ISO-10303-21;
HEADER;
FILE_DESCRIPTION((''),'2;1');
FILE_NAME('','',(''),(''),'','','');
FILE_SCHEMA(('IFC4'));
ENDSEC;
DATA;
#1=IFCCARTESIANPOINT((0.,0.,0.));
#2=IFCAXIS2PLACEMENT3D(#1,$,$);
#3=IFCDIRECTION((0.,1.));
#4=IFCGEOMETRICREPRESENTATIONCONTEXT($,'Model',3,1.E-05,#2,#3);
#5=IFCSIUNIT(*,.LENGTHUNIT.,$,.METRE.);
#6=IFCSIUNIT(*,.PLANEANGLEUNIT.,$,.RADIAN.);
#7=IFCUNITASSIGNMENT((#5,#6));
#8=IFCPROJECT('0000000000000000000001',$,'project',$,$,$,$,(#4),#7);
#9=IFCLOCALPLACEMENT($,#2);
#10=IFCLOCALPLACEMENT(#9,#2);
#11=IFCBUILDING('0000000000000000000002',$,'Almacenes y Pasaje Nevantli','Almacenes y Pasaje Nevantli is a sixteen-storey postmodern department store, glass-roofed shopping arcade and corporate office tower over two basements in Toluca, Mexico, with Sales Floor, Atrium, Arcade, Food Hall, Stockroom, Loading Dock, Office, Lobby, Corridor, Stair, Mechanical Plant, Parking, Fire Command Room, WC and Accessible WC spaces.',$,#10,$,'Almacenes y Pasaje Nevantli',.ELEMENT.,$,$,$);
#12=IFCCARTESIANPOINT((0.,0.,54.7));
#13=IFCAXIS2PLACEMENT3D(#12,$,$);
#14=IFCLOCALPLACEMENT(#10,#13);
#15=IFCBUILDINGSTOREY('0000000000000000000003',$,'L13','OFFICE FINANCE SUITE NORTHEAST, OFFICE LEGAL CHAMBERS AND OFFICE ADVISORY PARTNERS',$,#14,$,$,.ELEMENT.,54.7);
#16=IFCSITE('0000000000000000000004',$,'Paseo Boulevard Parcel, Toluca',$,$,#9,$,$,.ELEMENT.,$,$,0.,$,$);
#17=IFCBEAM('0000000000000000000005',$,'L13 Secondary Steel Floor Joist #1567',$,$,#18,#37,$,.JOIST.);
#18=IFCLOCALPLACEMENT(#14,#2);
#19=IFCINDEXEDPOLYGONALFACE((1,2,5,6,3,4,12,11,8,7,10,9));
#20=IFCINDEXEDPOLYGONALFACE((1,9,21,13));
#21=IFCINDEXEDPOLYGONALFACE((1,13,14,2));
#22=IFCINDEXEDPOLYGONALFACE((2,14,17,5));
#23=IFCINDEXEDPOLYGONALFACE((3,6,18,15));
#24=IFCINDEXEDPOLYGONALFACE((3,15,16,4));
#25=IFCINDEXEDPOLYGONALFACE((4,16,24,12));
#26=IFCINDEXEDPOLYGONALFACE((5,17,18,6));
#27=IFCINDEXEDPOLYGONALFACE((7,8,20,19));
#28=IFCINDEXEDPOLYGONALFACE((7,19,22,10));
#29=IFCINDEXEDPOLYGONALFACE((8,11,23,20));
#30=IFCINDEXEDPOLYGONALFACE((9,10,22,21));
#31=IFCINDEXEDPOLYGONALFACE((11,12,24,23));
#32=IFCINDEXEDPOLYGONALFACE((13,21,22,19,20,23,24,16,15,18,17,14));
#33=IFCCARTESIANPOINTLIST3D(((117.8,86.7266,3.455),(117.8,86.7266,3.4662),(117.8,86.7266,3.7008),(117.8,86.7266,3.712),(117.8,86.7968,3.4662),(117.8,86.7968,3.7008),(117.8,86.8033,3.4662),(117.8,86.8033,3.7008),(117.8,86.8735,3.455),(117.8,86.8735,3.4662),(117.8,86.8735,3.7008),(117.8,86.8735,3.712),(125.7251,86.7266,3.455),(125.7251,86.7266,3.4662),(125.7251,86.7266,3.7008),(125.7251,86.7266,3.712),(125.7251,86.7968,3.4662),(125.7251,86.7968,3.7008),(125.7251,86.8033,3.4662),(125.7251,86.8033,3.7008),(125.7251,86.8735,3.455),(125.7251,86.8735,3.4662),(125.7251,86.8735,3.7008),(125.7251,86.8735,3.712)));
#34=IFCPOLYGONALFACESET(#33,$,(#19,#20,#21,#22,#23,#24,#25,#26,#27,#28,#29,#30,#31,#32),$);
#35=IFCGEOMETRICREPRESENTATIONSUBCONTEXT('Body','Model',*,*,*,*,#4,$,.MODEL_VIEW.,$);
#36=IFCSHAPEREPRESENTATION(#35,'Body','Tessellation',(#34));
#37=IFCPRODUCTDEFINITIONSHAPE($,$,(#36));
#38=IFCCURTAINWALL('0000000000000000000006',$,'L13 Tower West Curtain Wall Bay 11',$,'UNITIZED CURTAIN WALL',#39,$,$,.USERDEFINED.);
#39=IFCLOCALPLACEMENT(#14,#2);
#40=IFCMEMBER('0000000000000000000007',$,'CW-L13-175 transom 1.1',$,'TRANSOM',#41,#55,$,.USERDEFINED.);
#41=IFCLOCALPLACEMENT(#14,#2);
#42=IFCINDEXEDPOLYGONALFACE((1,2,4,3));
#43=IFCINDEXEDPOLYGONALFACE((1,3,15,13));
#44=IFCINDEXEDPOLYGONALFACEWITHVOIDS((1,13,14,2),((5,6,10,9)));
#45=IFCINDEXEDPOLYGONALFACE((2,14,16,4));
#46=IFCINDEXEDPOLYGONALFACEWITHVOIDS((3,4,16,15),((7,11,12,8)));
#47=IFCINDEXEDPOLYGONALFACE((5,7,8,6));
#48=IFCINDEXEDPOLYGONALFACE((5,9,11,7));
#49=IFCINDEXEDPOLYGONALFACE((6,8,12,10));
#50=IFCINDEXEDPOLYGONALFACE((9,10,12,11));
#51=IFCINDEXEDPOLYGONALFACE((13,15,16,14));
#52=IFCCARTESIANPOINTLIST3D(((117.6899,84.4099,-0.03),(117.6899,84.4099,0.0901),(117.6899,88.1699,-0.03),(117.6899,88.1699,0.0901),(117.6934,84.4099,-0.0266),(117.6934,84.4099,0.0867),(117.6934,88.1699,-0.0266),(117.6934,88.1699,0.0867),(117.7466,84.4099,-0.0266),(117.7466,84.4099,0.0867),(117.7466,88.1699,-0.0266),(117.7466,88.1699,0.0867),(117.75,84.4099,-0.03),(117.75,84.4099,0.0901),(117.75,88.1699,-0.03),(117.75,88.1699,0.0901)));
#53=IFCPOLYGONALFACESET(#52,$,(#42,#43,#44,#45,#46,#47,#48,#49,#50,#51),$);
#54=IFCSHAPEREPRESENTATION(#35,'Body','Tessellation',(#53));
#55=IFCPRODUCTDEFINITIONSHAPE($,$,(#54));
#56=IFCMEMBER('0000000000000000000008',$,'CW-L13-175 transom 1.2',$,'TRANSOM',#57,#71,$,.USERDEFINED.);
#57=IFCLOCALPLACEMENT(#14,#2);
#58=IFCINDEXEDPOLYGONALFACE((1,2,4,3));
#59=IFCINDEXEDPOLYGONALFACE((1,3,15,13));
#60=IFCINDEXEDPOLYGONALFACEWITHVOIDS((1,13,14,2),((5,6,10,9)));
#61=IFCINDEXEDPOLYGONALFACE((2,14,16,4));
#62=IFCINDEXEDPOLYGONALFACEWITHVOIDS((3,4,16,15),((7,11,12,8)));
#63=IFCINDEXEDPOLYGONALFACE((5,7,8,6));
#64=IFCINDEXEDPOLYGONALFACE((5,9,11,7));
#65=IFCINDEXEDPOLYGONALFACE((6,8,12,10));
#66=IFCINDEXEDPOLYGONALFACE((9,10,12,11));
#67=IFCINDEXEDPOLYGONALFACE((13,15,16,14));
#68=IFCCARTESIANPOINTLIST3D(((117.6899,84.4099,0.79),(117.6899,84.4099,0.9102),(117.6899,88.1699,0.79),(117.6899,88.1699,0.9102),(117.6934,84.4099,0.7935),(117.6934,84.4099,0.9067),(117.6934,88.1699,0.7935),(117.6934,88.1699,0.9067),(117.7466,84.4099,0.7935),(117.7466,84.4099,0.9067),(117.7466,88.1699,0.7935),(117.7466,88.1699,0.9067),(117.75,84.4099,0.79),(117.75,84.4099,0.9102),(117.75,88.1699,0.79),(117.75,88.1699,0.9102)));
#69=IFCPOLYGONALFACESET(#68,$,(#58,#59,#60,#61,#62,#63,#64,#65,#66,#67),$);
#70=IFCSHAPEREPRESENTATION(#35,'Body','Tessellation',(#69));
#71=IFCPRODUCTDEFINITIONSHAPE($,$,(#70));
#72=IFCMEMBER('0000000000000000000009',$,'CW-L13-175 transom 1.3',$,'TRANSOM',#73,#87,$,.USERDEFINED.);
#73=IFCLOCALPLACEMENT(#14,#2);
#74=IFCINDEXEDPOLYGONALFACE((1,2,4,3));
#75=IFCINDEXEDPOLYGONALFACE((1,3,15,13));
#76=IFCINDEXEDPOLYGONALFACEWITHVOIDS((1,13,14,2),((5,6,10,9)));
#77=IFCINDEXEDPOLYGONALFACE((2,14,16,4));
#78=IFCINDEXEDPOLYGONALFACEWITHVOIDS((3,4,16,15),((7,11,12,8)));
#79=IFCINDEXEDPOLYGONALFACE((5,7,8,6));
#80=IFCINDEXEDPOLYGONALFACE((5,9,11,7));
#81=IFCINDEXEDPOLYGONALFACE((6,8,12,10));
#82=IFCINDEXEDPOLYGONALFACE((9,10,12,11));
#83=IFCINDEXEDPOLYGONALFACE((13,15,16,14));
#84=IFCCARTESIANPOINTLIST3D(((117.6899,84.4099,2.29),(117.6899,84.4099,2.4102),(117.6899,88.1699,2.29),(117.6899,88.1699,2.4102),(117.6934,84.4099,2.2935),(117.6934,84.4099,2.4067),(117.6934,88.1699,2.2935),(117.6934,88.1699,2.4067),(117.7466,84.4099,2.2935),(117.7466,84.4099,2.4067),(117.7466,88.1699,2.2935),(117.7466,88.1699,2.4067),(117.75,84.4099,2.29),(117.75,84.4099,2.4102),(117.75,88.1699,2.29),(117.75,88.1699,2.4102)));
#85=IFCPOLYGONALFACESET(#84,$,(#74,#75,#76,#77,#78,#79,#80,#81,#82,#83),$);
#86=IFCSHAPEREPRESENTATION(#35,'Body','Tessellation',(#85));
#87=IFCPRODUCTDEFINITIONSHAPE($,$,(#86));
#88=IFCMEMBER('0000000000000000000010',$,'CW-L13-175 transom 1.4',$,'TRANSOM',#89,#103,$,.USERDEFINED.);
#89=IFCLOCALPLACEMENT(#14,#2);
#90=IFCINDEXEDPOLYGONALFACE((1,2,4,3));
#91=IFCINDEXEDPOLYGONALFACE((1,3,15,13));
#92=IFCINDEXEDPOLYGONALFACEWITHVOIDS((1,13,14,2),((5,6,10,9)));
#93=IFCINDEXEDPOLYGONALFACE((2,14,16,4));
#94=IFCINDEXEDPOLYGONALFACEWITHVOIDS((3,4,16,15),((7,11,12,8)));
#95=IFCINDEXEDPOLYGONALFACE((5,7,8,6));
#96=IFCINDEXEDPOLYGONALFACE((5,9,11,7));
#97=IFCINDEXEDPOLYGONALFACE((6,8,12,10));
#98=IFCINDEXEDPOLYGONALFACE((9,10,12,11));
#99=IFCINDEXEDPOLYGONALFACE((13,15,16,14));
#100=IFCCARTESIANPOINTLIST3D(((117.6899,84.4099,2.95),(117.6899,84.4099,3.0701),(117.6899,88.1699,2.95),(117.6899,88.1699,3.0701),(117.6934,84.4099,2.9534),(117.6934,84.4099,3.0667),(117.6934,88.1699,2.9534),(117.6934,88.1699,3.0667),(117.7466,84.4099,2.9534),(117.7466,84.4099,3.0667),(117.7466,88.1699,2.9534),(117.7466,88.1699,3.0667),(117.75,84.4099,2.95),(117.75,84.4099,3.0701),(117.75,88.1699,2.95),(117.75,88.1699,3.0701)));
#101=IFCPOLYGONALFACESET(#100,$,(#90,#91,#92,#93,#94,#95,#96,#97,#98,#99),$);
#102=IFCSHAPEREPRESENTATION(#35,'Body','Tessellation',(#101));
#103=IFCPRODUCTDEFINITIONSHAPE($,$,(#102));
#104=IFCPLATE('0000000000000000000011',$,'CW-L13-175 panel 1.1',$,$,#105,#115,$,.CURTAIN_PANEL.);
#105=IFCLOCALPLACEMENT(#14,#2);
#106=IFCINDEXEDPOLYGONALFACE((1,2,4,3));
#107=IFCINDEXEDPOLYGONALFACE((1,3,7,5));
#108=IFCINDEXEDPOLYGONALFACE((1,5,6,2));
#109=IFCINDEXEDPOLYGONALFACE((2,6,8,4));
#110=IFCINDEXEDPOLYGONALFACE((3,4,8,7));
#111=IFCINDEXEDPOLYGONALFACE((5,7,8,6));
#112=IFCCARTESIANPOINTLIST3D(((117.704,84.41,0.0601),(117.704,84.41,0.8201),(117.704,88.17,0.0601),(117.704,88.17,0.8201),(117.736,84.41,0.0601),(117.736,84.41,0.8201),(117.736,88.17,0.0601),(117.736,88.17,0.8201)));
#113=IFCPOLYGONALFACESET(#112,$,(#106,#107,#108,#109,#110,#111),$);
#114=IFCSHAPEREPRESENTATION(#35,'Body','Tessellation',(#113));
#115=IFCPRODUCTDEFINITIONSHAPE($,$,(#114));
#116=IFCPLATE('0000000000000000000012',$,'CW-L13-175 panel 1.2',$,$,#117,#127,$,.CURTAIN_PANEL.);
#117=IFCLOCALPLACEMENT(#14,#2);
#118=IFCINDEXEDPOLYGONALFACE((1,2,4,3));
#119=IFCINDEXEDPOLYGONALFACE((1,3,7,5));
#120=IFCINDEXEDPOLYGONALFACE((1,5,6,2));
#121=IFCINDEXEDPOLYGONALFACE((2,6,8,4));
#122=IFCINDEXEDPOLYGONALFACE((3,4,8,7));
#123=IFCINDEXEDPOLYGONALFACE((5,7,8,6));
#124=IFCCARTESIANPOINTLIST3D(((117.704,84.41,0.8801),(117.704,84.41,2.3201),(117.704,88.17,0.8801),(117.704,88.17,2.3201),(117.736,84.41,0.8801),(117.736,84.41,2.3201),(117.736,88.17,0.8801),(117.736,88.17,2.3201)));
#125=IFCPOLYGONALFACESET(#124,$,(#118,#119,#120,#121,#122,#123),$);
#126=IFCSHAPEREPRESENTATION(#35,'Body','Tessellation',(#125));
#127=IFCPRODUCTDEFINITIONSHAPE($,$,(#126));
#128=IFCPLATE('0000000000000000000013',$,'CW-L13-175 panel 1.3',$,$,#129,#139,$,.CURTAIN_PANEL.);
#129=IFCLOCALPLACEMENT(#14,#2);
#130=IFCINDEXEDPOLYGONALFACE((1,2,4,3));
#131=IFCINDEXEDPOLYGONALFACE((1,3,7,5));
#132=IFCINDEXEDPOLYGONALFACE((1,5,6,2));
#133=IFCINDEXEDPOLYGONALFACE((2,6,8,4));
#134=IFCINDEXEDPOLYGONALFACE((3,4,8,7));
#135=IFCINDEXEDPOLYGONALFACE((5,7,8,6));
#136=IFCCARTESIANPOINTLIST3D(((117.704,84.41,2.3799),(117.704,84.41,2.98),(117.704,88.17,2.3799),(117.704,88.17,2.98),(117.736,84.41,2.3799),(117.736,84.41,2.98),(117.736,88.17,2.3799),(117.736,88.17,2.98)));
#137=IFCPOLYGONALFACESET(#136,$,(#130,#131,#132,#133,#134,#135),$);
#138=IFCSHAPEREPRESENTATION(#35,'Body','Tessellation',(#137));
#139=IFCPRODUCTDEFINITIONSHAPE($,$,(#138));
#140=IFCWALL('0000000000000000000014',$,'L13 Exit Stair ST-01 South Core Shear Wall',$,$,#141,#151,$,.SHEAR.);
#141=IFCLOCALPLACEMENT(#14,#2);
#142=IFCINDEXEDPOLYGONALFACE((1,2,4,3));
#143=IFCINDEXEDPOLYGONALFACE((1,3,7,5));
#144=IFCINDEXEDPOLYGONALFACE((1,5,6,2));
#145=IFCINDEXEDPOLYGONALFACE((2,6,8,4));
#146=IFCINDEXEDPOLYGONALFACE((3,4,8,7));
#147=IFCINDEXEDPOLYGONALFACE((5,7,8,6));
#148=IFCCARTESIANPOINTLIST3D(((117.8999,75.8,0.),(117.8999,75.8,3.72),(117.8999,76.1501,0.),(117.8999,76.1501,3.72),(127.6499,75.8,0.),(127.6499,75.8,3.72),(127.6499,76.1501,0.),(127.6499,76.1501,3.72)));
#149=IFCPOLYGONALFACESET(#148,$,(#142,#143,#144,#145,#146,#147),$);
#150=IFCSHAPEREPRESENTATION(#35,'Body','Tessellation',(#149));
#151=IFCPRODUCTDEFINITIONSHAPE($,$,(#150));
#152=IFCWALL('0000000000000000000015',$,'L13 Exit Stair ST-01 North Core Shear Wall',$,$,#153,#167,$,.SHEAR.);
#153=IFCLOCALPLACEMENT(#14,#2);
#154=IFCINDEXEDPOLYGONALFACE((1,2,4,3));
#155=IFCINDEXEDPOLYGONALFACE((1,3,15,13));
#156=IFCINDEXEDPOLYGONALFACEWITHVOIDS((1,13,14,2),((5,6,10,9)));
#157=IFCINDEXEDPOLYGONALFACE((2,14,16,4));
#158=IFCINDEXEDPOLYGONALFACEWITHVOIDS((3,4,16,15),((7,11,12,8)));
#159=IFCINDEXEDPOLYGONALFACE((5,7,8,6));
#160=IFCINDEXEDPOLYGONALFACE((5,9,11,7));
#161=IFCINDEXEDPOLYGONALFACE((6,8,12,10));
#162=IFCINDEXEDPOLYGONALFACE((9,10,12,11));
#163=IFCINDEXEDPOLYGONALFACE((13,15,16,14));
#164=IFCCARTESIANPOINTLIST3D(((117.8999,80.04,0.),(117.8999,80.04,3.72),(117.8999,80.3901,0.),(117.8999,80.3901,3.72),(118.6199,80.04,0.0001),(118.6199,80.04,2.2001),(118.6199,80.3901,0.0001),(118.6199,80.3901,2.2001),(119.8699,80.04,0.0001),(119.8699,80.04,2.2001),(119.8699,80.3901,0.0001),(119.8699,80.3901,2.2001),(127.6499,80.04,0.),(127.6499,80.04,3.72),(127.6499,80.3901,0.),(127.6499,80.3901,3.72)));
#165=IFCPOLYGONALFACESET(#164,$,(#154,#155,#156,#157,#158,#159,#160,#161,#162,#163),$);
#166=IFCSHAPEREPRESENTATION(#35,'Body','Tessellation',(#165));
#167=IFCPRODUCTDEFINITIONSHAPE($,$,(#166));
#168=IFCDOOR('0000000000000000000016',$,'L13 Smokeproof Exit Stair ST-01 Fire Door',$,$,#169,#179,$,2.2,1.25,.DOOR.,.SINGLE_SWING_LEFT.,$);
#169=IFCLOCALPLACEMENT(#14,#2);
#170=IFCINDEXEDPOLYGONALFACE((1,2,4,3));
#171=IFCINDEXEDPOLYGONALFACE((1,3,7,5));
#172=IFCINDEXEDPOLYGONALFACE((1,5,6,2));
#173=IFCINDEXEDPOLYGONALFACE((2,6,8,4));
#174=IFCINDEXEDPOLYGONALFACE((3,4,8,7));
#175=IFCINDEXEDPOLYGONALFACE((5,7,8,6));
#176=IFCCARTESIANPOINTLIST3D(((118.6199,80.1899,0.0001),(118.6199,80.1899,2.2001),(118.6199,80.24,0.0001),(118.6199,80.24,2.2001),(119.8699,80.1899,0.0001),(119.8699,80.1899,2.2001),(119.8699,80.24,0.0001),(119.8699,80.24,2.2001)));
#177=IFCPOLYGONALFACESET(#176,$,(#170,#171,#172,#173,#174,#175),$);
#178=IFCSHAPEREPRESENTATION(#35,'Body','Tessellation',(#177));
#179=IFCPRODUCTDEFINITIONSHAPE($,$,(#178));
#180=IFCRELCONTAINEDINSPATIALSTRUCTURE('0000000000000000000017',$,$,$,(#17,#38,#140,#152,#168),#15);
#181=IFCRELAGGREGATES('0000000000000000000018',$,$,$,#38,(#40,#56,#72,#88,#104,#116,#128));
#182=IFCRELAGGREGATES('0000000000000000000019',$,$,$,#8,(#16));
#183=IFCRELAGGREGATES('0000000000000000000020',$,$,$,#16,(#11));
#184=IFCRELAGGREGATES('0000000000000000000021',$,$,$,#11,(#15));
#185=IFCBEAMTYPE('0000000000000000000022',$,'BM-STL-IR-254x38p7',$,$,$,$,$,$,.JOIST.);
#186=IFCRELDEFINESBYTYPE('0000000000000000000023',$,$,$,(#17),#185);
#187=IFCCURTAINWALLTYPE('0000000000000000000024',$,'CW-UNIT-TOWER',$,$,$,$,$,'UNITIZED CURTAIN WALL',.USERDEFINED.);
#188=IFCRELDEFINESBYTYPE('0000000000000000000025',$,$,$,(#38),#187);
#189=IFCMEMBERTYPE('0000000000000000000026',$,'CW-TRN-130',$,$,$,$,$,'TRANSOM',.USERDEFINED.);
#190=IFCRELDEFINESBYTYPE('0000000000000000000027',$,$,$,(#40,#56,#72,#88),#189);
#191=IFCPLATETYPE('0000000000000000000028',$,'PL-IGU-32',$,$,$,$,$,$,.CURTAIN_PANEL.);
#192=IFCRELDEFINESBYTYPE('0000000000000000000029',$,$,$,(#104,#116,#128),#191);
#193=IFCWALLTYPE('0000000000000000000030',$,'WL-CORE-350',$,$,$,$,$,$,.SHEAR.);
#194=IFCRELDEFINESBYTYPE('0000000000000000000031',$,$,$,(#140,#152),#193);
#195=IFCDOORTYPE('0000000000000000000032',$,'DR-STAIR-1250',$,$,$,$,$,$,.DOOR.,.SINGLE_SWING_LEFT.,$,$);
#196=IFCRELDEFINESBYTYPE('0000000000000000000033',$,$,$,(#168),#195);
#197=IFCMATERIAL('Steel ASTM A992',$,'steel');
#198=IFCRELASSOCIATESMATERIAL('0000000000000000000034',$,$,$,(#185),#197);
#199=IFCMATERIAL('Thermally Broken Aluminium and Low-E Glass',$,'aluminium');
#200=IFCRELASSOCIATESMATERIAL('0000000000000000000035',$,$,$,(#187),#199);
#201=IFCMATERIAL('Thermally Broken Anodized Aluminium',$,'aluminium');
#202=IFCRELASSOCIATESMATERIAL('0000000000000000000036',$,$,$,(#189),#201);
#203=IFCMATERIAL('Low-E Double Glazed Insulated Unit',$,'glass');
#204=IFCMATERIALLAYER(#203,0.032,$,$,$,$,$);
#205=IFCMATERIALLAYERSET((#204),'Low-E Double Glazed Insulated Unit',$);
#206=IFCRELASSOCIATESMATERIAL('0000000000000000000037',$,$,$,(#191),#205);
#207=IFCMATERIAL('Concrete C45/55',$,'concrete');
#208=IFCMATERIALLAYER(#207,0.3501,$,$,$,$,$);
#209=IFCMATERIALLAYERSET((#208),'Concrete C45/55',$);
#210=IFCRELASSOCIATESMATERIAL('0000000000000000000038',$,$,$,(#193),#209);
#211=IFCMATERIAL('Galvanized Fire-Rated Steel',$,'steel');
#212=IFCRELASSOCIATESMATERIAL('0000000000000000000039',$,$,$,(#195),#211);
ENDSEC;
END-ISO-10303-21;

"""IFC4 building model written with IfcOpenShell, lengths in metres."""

from ifc_helpers import new_model, si_unit, direction, frame, frame_2d, origin, origin_2d, place, context, subcontext, project, spatial, rectangle, hollow_rectangle, i_section, extrude, material, layer, layer_set, material_profile, profile_set, type_object, element, fill, aggregate, save


model = new_model("IFC4")

# Units and contexts
model_context = context("Model", 3, precision=1e-05, world=origin(), true_north=direction((0.0, 1.0)))
body_context = subcontext(model_context, "Body", "Model", "MODEL_VIEW")
ifc_project = project(units=[si_unit("LENGTHUNIT", "METRE"), si_unit("PLANEANGLEUNIT", "RADIAN")], contexts=[model_context])

# Site, building, storey
site_placement = place(None, origin())
site = spatial("IfcSite", under=ifc_project, at=site_placement, Name="Paseo Boulevard Parcel, Toluca", CompositionType="ELEMENT", RefElevation=0.0)
building_placement = place(site_placement, origin())
building = spatial("IfcBuilding", under=site, at=building_placement, Name="Almacenes y Pasaje Nevantli", Description="Almacenes y Pasaje Nevantli is a sixteen-storey postmodern department store, glass-roofed shopping arcade and corporate office tower over two basements in Toluca, Mexico, with Sales Floor, Atrium, Arcade, Food Hall, Stockroom, Loading Dock, Office, Lobby, Corridor, Stair, Mechanical Plant, Parking, Fire Command Room, WC and Accessible WC spaces.", LongName="Almacenes y Pasaje Nevantli", CompositionType="ELEMENT")
storey_placement = place(building_placement, frame((0.0, 0.0, 54.7)))
storey = spatial("IfcBuildingStorey", under=building, at=storey_placement, Name="L13", Description="OFFICE FINANCE SUITE NORTHEAST, OFFICE LEGAL CHAMBERS AND OFFICE ADVISORY PARTNERS", CompositionType="ELEMENT", Elevation=54.7)

# Beam
ifc_material_1 = material(Name="Steel ASTM A992", Category="steel")
ifc_material_profile_1 = material_profile(ifc_material_1, i_section(OverallWidth=0.147, OverallDepth=0.2571, WebThickness=0.0066, FlangeThickness=0.0112, at=origin_2d()), Name="IR 254x38.7")
ifc_profile_set_1 = profile_set([ifc_material_profile_1], Name="Steel ASTM A992")
beam_type = type_object("IfcBeamType", Name="BM-STL-IR-254x38p7", PredefinedType="JOIST", material=ifc_profile_set_1)
beam_placement = place(storey_placement, frame((117.8, 86.8, 3.5835), z_axis=(1.0, 0.0, 0.0), x_axis=(0.0, 1.0, 0.0)))
element("IfcBeam", 1, at=beam_placement, inside=storey, type_object=beam_type, Name="L13 Secondary Steel Floor Joist #1567", PredefinedType="JOIST", context=body_context, shape_type="SweptSolid", body=[
    extrude(i_section(OverallWidth=0.147, OverallDepth=0.2571, WebThickness=0.0066, FlangeThickness=0.0112, at=origin_2d()), origin(), (0.0, 0.0, 1.0), 7.925),
])

# Curtain wall, members, plates
ifc_material_2 = material(Name="Thermally Broken Aluminium and Low-E Glass", Category="aluminium")
curtain_wall_type = type_object("IfcCurtainWallType", Name="CW-UNIT-TOWER", ElementType="UNITIZED CURTAIN WALL", PredefinedType="USERDEFINED", material=ifc_material_2)
curtain_wall_placement = place(storey_placement, origin())
curtain_wall = element("IfcCurtainWall", 2, at=curtain_wall_placement, inside=storey, type_object=curtain_wall_type, Name="L13 Tower West Curtain Wall Bay 11", ObjectType="UNITIZED CURTAIN WALL", PredefinedType="USERDEFINED")
ifc_material_3 = material(Name="Thermally Broken Anodized Aluminium", Category="aluminium")
ifc_material_profile_2 = material_profile(ifc_material_3, hollow_rectangle(XDim=0.0601, YDim=0.1201, WallThickness=0.0034, at=origin_2d()), Name="ALU-TRN-60x120")
ifc_profile_set_2 = profile_set([ifc_material_profile_2], Name="Thermally Broken Anodized Aluminium")
member_type = type_object("IfcMemberType", Name="CW-TRN-130", ElementType="TRANSOM", PredefinedType="USERDEFINED", material=ifc_profile_set_2)
member_1_placement = place(storey_placement, frame((117.72, 84.4099, 0.03), z_axis=(0.0, 1.0, 0.0), x_axis=(-1.0, 0.0, 0.0)))
member_1 = element("IfcMember", 3, at=member_1_placement, type_object=member_type, Name="CW-L13-175 transom 1.1", ObjectType="TRANSOM", PredefinedType="USERDEFINED", context=body_context, shape_type="SweptSolid", body=[
    extrude(hollow_rectangle(XDim=0.0601, YDim=0.1201, WallThickness=0.0034, at=origin_2d()), origin(), (0.0, 0.0, 1.0), 3.76),
])
member_2_placement = place(storey_placement, frame((117.72, 84.4099, 0.8501), z_axis=(0.0, 1.0, 0.0), x_axis=(-1.0, 0.0, 0.0)))
member_2 = element("IfcMember", 4, at=member_2_placement, type_object=member_type, Name="CW-L13-175 transom 1.2", ObjectType="TRANSOM", PredefinedType="USERDEFINED", context=body_context, shape_type="SweptSolid", body=[
    extrude(hollow_rectangle(XDim=0.0601, YDim=0.1201, WallThickness=0.0034, at=origin_2d()), origin(), (0.0, 0.0, 1.0), 3.76),
])
member_3_placement = place(storey_placement, frame((117.72, 84.4099, 2.3501), z_axis=(0.0, 1.0, 0.0), x_axis=(-1.0, 0.0, 0.0)))
member_3 = element("IfcMember", 5, at=member_3_placement, type_object=member_type, Name="CW-L13-175 transom 1.3", ObjectType="TRANSOM", PredefinedType="USERDEFINED", context=body_context, shape_type="SweptSolid", body=[
    extrude(hollow_rectangle(XDim=0.0601, YDim=0.1201, WallThickness=0.0034, at=origin_2d()), origin(), (0.0, 0.0, 1.0), 3.76),
])
member_4_placement = place(storey_placement, frame((117.72, 84.4099, 3.01), z_axis=(0.0, 1.0, 0.0), x_axis=(-1.0, 0.0, 0.0)))
member_4 = element("IfcMember", 6, at=member_4_placement, type_object=member_type, Name="CW-L13-175 transom 1.4", ObjectType="TRANSOM", PredefinedType="USERDEFINED", context=body_context, shape_type="SweptSolid", body=[
    extrude(hollow_rectangle(XDim=0.0601, YDim=0.1201, WallThickness=0.0034, at=origin_2d()), origin(), (0.0, 0.0, 1.0), 3.76),
])
ifc_material_4 = material(Name="Low-E Double Glazed Insulated Unit", Category="glass")
ifc_layer_1 = layer(ifc_material_4, 0.032)
ifc_layer_set_1 = layer_set([ifc_layer_1], Name="Low-E Double Glazed Insulated Unit")
plate_type = type_object("IfcPlateType", Name="PL-IGU-32", PredefinedType="CURTAIN_PANEL", material=ifc_layer_set_1)
plate_1_placement = place(storey_placement, frame((117.72, 86.29, 0.0601), z_axis=(0.0, 0.0, 1.0), x_axis=(0.0, 1.0, 0.0)))
plate_1 = element("IfcPlate", 7, at=plate_1_placement, type_object=plate_type, Name="CW-L13-175 panel 1.1", PredefinedType="CURTAIN_PANEL", context=body_context, shape_type="SweptSolid", body=[
    extrude(rectangle(XDim=3.76, YDim=0.032, at=origin_2d()), origin(), (0.0, 0.0, 1.0), 0.76),
])
plate_2_placement = place(storey_placement, frame((117.72, 86.29, 0.8801), z_axis=(0.0, 0.0, 1.0), x_axis=(0.0, 1.0, 0.0)))
plate_2 = element("IfcPlate", 8, at=plate_2_placement, type_object=plate_type, Name="CW-L13-175 panel 1.2", PredefinedType="CURTAIN_PANEL", context=body_context, shape_type="SweptSolid", body=[
    extrude(rectangle(XDim=3.76, YDim=0.032, at=origin_2d()), origin(), (0.0, 0.0, 1.0), 1.4399),
])
plate_3_placement = place(storey_placement, frame((117.72, 86.29, 2.3799), z_axis=(0.0, 0.0, 1.0), x_axis=(0.0, 1.0, 0.0)))
plate_3 = element("IfcPlate", 9, at=plate_3_placement, type_object=plate_type, Name="CW-L13-175 panel 1.3", PredefinedType="CURTAIN_PANEL", context=body_context, shape_type="SweptSolid", body=[
    extrude(rectangle(XDim=3.76, YDim=0.032, at=origin_2d()), origin(), (0.0, 0.0, 1.0), 0.6001),
])
aggregate(curtain_wall, [member_1, member_2, member_3, member_4, plate_1, plate_2, plate_3])

# Wall
ifc_material_5 = material(Name="Concrete C45/55", Category="concrete")
ifc_layer_2 = layer(ifc_material_5, 0.3501)
ifc_layer_set_2 = layer_set([ifc_layer_2], Name="Concrete C45/55")
wall_type_1 = type_object("IfcWallType", Name="WL-CORE-350", PredefinedType="SHEAR", material=ifc_layer_set_2)
wall_1_placement = place(storey_placement, frame((117.8999, 75.9751, 0.0), z_axis=(0.0, 0.0, 1.0), x_axis=(1.0, 0.0, 0.0)))
element("IfcWall", 10, at=wall_1_placement, inside=storey, type_object=wall_type_1, Name="L13 Exit Stair ST-01 South Core Shear Wall", PredefinedType="SHEAR", context=body_context, shape_type="SweptSolid", body=[
    extrude(rectangle(XDim=9.75, YDim=0.3501, at=frame_2d((4.875, 0.0))), origin(), (0.0, 0.0, 1.0), 3.72),
])

# Wall, opening, door
wall_2_placement = place(storey_placement, frame((117.8999, 80.2151, 0.0), z_axis=(0.0, 0.0, 1.0), x_axis=(1.0, 0.0, 0.0)))
wall_2 = element("IfcWall", 11, at=wall_2_placement, inside=storey, type_object=wall_type_1, Name="L13 Exit Stair ST-01 North Core Shear Wall", PredefinedType="SHEAR", context=body_context, shape_type="SweptSolid", body=[
    extrude(rectangle(XDim=9.75, YDim=0.3501, at=frame_2d((4.875, 0.0))), origin(), (0.0, 0.0, 1.0), 3.72),
])
opening_1_placement = place(wall_2_placement, frame((0.72, 0.0, 0.0)))
opening_1 = element("IfcOpeningElement", 12, at=opening_1_placement, cuts=wall_2, PredefinedType="OPENING", context=body_context, shape_type="SweptSolid", body=[
    extrude(rectangle(XDim=1.25, YDim=2.2, at=frame_2d((0.625, 1.1001))), frame((0.0, 0.1851, 0.0), z_axis=(0.0, -1.0, 0.0), x_axis=(1.0, 0.0, 0.0)), (0.0, 0.0, 1.0), 0.3701),
])
ifc_material_6 = material(Name="Galvanized Fire-Rated Steel", Category="steel")
door_type_1 = type_object("IfcDoorType", Name="DR-STAIR-1250", OperationType="SINGLE_SWING_LEFT", PredefinedType="DOOR", material=ifc_material_6)
door_1_placement = place(opening_1_placement, origin())
door_1 = element("IfcDoor", 13, at=door_1_placement, inside=storey, type_object=door_type_1, Name="L13 Smokeproof Exit Stair ST-01 Fire Door", OperationType="SINGLE_SWING_LEFT", OverallHeight=2.2, OverallWidth=1.25, PredefinedType="DOOR", context=body_context, shape_type="SweptSolid", body=[
    extrude(rectangle(XDim=1.25, YDim=2.2, at=frame_2d((0.625, 1.1001))), frame((0.0, 0.0249, 0.0), z_axis=(0.0, -1.0, 0.0), x_axis=(1.0, 0.0, 0.0)), (0.0, 0.0, 1.0), 0.05),
])
fill(opening_1, door_1)

save(model, "model.ifc")
